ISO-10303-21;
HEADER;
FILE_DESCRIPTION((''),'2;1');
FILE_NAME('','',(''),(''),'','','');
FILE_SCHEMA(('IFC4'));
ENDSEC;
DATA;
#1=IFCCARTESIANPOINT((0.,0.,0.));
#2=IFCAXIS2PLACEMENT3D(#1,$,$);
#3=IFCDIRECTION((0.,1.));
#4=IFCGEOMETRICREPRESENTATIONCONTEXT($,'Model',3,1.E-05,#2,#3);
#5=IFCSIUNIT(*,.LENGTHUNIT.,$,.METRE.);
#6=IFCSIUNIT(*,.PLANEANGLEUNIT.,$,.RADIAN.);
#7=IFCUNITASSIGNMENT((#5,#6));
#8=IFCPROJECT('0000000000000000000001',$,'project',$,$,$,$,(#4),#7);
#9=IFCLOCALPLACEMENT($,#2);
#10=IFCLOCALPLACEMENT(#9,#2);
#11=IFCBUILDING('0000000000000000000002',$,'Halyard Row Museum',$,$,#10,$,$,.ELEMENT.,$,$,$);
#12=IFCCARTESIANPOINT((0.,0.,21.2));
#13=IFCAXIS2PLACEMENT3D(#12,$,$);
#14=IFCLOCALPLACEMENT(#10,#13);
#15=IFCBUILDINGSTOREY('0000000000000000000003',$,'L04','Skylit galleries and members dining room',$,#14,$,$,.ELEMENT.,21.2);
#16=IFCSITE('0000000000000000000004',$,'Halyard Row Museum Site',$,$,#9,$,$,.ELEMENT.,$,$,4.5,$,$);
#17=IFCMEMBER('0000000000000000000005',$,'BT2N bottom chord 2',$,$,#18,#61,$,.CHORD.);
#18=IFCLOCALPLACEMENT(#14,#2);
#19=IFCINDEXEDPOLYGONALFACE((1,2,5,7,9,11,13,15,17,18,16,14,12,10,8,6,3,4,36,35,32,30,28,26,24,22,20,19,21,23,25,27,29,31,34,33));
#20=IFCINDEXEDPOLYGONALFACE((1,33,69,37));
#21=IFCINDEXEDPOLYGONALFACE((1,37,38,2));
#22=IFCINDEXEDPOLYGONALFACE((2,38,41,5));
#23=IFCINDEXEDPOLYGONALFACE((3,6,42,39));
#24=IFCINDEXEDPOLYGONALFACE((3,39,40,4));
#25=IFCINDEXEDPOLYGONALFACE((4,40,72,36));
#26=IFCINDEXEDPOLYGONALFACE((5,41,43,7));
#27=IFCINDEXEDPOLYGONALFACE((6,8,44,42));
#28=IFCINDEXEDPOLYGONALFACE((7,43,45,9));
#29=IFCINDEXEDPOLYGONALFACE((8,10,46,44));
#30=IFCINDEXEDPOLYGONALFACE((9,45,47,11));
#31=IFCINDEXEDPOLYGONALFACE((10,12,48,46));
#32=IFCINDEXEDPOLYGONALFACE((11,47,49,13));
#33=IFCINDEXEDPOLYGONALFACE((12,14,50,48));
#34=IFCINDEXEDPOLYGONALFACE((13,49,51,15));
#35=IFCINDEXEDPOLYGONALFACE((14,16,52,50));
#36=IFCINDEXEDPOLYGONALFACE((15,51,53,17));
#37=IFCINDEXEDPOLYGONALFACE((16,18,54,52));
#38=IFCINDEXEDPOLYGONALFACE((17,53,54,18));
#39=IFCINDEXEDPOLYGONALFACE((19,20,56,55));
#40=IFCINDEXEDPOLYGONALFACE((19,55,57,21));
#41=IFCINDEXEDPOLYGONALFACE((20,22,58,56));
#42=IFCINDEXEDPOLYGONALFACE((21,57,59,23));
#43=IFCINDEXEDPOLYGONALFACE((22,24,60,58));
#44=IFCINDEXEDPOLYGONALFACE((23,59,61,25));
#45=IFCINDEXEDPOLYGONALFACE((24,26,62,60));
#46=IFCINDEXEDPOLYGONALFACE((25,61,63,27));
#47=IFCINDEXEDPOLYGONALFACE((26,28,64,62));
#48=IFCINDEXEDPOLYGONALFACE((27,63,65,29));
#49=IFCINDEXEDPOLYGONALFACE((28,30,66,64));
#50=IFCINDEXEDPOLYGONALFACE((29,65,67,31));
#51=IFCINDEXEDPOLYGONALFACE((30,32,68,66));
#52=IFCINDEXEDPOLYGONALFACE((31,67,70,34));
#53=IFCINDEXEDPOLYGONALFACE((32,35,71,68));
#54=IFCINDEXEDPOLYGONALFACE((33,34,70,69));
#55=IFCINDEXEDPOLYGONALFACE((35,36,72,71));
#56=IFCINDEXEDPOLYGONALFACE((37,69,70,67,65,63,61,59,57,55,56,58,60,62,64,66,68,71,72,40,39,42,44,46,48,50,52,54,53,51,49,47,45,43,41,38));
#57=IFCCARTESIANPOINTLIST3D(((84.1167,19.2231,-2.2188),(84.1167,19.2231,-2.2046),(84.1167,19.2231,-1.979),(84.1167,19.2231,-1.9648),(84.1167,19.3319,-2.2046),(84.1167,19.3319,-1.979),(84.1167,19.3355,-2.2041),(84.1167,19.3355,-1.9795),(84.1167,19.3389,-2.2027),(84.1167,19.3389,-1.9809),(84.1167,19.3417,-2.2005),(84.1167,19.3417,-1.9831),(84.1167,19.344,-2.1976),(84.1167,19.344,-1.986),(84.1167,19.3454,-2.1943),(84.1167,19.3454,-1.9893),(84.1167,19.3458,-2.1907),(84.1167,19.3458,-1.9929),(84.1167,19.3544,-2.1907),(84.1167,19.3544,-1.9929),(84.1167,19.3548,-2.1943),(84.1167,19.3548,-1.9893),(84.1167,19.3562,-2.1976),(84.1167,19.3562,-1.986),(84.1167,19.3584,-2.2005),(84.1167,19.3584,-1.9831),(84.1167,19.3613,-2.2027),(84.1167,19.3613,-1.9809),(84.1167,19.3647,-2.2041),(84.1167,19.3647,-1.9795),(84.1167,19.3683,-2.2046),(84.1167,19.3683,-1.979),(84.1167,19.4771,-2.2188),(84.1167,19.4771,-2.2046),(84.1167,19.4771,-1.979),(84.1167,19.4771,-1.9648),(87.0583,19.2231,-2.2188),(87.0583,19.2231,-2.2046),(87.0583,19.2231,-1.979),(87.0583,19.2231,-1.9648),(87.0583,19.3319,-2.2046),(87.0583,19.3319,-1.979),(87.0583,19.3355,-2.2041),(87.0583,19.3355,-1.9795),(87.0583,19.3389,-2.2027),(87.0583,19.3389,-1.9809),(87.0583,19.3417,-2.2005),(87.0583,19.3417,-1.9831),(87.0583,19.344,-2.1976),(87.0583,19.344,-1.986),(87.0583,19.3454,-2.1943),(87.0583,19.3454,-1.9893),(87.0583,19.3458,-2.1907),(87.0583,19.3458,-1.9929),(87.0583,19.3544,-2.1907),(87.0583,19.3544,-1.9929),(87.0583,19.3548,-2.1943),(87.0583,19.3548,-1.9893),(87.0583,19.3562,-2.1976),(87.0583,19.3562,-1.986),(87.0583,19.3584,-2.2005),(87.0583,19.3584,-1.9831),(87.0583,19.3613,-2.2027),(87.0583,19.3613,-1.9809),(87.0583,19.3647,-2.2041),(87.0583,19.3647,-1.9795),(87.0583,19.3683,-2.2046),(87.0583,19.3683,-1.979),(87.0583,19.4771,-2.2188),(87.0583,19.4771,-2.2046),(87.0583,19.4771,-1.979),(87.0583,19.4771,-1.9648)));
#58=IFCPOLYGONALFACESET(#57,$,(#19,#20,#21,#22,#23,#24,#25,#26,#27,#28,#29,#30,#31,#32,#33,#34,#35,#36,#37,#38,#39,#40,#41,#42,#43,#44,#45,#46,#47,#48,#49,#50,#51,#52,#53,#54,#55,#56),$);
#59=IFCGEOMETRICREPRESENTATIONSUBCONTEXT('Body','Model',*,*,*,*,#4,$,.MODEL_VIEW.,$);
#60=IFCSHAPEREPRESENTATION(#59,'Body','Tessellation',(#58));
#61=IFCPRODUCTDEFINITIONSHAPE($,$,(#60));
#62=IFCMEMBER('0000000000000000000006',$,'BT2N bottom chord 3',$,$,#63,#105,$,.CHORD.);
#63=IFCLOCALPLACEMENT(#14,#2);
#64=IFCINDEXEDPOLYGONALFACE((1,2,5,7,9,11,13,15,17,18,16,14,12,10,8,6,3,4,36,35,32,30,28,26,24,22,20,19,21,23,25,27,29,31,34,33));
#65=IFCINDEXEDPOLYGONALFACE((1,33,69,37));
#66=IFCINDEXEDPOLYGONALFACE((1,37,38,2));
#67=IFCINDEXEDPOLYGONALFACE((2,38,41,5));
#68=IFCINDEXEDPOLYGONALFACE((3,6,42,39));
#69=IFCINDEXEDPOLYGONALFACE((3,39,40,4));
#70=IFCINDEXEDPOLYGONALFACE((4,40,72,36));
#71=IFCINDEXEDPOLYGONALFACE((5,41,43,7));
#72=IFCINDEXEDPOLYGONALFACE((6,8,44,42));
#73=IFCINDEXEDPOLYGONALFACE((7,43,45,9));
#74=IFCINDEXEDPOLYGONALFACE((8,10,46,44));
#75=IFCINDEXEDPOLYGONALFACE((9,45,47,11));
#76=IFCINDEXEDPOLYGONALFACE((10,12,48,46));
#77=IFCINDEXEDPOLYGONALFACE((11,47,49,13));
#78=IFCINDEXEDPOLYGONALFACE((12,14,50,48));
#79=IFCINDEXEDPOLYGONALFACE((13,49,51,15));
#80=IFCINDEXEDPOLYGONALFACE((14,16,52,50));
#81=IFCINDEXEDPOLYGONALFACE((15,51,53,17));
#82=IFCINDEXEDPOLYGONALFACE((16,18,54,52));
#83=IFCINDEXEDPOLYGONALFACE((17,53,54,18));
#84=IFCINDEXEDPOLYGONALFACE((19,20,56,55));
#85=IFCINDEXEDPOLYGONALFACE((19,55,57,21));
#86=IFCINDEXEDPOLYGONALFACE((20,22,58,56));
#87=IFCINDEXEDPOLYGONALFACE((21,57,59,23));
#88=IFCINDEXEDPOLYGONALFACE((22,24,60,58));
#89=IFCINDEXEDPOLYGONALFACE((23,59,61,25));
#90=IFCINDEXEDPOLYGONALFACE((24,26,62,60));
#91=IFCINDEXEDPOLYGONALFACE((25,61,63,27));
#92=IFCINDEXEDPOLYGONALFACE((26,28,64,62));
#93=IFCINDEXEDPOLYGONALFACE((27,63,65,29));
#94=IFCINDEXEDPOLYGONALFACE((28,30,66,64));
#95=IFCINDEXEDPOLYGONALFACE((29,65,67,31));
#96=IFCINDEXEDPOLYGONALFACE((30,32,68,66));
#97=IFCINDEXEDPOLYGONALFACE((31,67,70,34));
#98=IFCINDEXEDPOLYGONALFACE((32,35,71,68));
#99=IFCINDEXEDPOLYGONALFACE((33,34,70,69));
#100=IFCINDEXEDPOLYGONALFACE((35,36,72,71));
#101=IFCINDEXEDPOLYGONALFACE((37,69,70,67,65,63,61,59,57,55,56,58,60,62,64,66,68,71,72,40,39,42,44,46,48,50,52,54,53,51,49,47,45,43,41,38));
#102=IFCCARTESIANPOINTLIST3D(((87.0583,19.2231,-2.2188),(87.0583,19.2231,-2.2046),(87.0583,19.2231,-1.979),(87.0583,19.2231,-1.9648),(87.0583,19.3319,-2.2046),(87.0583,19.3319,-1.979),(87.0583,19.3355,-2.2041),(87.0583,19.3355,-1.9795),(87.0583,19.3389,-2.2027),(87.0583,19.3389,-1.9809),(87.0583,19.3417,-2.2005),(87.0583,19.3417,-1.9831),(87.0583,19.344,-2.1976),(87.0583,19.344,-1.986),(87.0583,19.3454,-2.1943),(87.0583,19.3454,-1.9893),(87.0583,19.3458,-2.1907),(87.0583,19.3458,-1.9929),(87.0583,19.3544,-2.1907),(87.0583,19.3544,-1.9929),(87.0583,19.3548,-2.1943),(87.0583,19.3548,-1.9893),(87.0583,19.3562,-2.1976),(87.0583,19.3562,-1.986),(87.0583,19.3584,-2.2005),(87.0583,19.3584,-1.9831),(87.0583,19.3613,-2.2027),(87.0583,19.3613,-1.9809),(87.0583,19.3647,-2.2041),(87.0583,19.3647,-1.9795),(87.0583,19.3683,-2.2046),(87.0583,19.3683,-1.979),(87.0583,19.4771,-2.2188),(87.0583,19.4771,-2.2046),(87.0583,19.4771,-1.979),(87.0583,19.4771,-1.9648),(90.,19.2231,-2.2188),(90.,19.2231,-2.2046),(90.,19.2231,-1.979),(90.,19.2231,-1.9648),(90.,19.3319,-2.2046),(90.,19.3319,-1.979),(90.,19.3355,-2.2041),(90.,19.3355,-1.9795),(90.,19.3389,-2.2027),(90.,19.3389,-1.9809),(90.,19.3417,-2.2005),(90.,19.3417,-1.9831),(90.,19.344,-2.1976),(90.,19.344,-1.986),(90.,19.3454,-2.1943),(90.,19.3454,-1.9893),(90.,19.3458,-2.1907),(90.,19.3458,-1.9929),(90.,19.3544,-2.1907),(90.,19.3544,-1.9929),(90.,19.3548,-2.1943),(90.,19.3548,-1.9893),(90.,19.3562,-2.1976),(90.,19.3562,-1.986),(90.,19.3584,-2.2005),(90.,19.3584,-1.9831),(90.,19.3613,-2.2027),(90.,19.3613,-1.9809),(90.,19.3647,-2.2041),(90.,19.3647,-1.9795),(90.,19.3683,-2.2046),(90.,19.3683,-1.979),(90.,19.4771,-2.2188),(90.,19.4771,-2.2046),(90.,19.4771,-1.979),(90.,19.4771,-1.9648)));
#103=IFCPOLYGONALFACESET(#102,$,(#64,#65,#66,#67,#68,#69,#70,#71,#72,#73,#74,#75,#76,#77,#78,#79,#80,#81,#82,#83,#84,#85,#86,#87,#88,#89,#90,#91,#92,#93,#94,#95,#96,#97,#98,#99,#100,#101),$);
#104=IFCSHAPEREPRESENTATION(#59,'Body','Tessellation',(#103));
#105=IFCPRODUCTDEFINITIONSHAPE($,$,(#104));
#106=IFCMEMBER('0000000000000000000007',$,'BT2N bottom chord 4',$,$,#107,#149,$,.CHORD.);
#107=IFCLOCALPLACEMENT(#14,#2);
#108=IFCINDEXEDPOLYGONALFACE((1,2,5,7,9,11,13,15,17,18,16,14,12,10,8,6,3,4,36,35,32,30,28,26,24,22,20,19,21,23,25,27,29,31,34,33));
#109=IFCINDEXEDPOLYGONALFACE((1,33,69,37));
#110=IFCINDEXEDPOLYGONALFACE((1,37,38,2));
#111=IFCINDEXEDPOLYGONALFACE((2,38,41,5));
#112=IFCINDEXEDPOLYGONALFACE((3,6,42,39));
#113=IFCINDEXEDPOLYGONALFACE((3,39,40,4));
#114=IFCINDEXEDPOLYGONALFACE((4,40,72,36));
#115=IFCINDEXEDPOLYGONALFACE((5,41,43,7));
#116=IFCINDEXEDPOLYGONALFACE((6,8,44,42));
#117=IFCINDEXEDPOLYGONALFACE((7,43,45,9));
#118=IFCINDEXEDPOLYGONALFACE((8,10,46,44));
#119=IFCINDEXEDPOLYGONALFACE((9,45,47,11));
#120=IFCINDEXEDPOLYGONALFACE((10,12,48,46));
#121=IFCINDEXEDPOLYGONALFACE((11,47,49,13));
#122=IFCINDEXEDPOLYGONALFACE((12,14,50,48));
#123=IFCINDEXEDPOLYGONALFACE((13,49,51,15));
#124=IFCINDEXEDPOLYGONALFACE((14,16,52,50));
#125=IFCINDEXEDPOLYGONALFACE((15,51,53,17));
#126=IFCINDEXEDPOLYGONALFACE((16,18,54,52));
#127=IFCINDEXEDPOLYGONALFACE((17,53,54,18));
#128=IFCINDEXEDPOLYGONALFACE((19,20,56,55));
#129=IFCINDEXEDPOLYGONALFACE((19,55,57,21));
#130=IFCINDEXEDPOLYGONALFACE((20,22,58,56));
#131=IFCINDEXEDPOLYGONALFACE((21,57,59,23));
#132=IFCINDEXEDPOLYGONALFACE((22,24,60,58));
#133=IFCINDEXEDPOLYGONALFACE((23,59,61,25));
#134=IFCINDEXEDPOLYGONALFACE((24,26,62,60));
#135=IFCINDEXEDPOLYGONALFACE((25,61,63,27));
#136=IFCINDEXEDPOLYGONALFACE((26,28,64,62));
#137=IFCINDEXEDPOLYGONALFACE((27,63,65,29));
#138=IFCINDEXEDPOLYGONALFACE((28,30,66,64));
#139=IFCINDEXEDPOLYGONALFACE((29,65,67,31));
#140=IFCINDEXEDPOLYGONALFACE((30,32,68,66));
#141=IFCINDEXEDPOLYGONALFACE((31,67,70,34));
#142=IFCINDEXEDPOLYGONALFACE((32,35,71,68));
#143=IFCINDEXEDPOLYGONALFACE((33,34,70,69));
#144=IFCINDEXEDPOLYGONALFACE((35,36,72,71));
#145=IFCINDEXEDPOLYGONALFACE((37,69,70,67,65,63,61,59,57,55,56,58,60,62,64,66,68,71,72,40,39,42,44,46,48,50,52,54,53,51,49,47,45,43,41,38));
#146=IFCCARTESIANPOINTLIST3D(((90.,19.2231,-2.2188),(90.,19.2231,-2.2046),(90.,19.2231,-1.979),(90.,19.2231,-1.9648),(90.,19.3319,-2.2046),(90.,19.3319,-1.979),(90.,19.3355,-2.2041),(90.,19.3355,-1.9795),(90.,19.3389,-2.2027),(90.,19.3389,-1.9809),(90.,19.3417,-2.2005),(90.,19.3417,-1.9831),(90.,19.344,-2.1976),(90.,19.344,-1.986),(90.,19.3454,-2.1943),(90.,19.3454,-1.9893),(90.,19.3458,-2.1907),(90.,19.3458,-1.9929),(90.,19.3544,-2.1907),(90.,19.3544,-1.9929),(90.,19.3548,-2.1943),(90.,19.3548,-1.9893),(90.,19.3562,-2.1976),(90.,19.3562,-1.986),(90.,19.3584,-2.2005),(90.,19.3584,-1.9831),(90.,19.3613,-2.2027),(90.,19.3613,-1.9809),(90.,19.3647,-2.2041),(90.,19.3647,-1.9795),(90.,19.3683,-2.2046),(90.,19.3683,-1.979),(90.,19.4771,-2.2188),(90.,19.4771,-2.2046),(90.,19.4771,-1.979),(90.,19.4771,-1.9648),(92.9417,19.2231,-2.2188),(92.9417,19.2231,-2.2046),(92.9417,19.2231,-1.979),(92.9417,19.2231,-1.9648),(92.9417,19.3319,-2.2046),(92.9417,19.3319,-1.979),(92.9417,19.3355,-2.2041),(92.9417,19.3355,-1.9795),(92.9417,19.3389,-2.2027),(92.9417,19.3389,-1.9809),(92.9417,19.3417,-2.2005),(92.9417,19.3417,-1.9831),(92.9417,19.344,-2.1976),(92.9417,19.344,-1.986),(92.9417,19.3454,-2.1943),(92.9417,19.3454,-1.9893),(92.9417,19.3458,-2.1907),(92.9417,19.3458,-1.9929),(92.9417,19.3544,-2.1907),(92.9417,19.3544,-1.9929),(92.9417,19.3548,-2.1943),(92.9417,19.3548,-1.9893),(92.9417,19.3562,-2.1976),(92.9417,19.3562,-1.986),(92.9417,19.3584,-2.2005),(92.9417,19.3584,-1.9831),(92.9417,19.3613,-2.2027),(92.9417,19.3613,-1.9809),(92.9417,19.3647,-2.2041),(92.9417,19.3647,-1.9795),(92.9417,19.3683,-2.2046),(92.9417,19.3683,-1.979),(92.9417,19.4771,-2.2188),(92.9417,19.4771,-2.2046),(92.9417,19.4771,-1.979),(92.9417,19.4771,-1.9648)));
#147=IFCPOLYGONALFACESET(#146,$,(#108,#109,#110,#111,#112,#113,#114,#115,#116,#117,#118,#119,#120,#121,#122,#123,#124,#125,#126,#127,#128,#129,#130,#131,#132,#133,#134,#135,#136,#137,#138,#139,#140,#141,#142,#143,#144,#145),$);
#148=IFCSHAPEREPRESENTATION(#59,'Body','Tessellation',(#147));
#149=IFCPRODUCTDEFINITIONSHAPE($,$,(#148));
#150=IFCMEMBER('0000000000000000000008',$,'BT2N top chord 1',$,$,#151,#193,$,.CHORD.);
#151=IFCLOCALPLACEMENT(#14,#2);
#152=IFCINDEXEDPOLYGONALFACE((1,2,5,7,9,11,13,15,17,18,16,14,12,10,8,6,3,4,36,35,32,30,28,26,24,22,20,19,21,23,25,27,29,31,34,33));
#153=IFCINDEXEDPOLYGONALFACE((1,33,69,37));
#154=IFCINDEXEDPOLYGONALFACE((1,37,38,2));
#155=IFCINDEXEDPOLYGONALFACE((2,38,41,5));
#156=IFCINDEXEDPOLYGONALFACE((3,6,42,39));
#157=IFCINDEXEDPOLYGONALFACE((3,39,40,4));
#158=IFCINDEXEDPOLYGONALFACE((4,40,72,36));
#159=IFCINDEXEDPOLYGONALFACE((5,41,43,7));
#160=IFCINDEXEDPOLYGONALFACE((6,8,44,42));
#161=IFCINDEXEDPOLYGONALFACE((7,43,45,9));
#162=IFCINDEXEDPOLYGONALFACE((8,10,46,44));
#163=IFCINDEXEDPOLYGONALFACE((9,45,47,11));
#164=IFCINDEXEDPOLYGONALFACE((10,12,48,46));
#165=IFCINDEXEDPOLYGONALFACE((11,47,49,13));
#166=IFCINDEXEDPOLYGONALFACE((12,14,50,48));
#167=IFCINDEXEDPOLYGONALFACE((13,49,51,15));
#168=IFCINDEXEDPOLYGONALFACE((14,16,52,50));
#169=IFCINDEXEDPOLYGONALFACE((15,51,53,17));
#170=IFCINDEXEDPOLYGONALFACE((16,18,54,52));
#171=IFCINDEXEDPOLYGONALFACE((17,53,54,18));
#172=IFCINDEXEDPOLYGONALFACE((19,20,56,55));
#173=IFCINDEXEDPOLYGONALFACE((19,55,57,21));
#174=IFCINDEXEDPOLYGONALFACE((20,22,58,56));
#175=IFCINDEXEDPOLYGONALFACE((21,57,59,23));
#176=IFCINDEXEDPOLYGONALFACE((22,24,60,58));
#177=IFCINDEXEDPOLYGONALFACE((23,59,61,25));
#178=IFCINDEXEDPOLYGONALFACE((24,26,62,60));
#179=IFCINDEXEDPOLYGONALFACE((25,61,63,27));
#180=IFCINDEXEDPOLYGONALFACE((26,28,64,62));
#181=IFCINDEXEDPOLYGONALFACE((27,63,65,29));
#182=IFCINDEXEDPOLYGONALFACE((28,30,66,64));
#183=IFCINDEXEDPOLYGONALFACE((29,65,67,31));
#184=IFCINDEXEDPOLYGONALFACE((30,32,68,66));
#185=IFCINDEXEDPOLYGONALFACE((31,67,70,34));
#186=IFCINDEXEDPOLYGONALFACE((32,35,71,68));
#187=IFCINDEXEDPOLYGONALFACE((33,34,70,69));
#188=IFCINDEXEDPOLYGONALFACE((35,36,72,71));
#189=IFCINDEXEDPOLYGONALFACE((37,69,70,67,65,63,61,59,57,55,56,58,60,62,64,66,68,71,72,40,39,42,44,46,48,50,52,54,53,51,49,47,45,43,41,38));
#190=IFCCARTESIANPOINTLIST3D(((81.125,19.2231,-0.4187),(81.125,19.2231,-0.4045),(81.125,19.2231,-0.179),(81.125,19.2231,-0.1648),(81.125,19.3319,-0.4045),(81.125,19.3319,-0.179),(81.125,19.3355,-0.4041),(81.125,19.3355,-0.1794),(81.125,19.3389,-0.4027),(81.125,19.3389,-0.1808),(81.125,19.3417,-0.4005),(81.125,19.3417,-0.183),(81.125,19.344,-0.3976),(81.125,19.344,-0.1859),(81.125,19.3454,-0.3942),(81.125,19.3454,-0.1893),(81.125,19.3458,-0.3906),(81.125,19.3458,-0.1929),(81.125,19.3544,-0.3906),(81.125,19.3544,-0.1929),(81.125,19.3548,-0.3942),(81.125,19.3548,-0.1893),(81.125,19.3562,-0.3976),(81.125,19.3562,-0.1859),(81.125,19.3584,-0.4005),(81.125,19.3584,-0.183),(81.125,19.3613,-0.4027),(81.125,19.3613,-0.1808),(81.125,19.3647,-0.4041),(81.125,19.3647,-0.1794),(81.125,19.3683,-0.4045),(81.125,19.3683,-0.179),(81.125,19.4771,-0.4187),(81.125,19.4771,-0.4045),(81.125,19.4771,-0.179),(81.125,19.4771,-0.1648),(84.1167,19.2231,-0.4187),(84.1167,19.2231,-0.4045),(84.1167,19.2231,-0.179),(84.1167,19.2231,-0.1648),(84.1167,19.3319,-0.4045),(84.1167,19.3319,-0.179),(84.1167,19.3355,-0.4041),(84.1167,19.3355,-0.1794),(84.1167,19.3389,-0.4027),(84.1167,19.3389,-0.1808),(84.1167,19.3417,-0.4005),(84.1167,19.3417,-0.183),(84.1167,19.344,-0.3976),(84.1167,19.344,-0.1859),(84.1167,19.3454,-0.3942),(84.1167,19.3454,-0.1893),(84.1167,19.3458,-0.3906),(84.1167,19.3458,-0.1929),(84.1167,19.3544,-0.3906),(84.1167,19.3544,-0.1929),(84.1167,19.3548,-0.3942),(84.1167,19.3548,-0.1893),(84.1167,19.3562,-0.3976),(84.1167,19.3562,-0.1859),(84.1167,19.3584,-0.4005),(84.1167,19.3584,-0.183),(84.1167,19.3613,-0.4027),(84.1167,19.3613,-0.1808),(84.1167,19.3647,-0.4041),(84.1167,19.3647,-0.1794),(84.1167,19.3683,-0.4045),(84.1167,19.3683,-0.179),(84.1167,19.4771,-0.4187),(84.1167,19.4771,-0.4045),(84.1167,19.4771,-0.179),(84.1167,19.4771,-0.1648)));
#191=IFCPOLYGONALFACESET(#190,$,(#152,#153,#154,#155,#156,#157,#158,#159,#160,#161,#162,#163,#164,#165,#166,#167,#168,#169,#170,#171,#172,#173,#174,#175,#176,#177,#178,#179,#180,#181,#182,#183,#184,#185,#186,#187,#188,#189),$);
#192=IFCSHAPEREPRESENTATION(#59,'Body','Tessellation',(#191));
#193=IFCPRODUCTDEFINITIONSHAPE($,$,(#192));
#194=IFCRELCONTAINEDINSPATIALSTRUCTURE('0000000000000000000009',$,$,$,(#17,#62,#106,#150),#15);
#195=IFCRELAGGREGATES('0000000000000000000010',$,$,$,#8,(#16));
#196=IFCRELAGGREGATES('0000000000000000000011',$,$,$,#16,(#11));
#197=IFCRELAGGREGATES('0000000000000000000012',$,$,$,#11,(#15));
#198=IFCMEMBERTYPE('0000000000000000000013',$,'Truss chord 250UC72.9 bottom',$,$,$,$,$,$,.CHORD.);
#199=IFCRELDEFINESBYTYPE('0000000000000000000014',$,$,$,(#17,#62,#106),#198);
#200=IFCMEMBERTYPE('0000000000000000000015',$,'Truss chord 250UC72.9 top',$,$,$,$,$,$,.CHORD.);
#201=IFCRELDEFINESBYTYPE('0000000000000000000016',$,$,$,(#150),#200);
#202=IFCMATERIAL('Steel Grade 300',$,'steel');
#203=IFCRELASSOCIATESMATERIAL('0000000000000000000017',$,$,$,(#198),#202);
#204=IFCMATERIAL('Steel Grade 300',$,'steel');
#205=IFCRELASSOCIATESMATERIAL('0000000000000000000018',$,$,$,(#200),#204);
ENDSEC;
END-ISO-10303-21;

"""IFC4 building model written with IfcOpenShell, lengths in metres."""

from ifc_helpers import new_model, si_unit, direction, frame, origin, origin_2d, place, context, subcontext, project, spatial, i_section, extrude, material, material_profile, profile_set, type_object, element, save


model = new_model("IFC4")

# Units and contexts
model_context = context("Model", 3, precision=1e-05, world=origin(), true_north=direction((0.0, 1.0)))
body_context = subcontext(model_context, "Body", "Model", "MODEL_VIEW")
ifc_project = project(units=[si_unit("LENGTHUNIT", "METRE"), si_unit("PLANEANGLEUNIT", "RADIAN")], contexts=[model_context])

# Site, building, storey
site_placement = place(None, origin())
site = spatial("IfcSite", under=ifc_project, at=site_placement, Name="Halyard Row Museum Site", CompositionType="ELEMENT", RefElevation=4.5)
building_placement = place(site_placement, origin())
building = spatial("IfcBuilding", under=site, at=building_placement, Name="Halyard Row Museum", CompositionType="ELEMENT")
storey_placement = place(building_placement, frame((0.0, 0.0, 21.2)))
storey = spatial("IfcBuildingStorey", under=building, at=storey_placement, Name="L04", Description="Skylit galleries and members dining room", CompositionType="ELEMENT", Elevation=21.2)

# Members
ifc_material_1 = material(Name="Steel Grade 300", Category="steel")
ifc_material_profile_1 = material_profile(ifc_material_1, i_section(OverallWidth=0.2539, OverallDepth=0.2539, WebThickness=0.0085, FlangeThickness=0.0142, FilletRadius=0.0139, at=origin_2d()), Name="250UC72.9")
ifc_profile_set_1 = profile_set([ifc_material_profile_1], Name="Steel Grade 300")
member_type_1 = type_object("IfcMemberType", Name="Truss chord 250UC72.9 bottom", PredefinedType="CHORD", material=ifc_profile_set_1)
for number, where, z_axis, x_axis, name in (
    (1, (84.1167, 19.3501, -2.0918), (1.0, 0.0, 0.0), (0.0, 1.0, 0.0), "BT2N bottom chord 2"),
    (2, (87.0583, 19.3501, -2.0918), (1.0, 0.0, 0.0), (0.0, 1.0, 0.0), "BT2N bottom chord 3"),
    (3, (90.0, 19.3501, -2.0918), (1.0, 0.0, 0.0), (0.0, 1.0, 0.0), "BT2N bottom chord 4"),
):
    element("IfcMember", number, at=place(storey_placement, frame(where, z_axis=z_axis, x_axis=x_axis)), inside=storey, type_object=member_type_1, Name=name, PredefinedType="CHORD", context=body_context, shape_type="SweptSolid", body=[
        extrude(i_section(OverallWidth=0.2539, OverallDepth=0.2539, WebThickness=0.0085, FlangeThickness=0.0142, FilletRadius=0.0139, at=origin_2d()), origin(), (0.0, 0.0, 1.0), 2.9417),
    ])
ifc_material_2 = material(Name="Steel Grade 300", Category="steel")
ifc_material_profile_2 = material_profile(ifc_material_2, i_section(OverallWidth=0.2539, OverallDepth=0.2539, WebThickness=0.0085, FlangeThickness=0.0142, FilletRadius=0.0139, at=origin_2d()), Name="250UC72.9")
ifc_profile_set_2 = profile_set([ifc_material_profile_2], Name="Steel Grade 300")
member_type_2 = type_object("IfcMemberType", Name="Truss chord 250UC72.9 top", PredefinedType="CHORD", material=ifc_profile_set_2)
member_1_placement = place(storey_placement, frame((81.125, 19.3501, -0.2917), z_axis=(1.0, 0.0, 0.0), x_axis=(0.0, 1.0, 0.0)))
element("IfcMember", 4, at=member_1_placement, inside=storey, type_object=member_type_2, Name="BT2N top chord 1", PredefinedType="CHORD", context=body_context, shape_type="SweptSolid", body=[
    extrude(i_section(OverallWidth=0.2539, OverallDepth=0.2539, WebThickness=0.0085, FlangeThickness=0.0142, FilletRadius=0.0139, at=origin_2d()), origin(), (0.0, 0.0, 1.0), 2.9917),
])

save(model, "model.ifc")
